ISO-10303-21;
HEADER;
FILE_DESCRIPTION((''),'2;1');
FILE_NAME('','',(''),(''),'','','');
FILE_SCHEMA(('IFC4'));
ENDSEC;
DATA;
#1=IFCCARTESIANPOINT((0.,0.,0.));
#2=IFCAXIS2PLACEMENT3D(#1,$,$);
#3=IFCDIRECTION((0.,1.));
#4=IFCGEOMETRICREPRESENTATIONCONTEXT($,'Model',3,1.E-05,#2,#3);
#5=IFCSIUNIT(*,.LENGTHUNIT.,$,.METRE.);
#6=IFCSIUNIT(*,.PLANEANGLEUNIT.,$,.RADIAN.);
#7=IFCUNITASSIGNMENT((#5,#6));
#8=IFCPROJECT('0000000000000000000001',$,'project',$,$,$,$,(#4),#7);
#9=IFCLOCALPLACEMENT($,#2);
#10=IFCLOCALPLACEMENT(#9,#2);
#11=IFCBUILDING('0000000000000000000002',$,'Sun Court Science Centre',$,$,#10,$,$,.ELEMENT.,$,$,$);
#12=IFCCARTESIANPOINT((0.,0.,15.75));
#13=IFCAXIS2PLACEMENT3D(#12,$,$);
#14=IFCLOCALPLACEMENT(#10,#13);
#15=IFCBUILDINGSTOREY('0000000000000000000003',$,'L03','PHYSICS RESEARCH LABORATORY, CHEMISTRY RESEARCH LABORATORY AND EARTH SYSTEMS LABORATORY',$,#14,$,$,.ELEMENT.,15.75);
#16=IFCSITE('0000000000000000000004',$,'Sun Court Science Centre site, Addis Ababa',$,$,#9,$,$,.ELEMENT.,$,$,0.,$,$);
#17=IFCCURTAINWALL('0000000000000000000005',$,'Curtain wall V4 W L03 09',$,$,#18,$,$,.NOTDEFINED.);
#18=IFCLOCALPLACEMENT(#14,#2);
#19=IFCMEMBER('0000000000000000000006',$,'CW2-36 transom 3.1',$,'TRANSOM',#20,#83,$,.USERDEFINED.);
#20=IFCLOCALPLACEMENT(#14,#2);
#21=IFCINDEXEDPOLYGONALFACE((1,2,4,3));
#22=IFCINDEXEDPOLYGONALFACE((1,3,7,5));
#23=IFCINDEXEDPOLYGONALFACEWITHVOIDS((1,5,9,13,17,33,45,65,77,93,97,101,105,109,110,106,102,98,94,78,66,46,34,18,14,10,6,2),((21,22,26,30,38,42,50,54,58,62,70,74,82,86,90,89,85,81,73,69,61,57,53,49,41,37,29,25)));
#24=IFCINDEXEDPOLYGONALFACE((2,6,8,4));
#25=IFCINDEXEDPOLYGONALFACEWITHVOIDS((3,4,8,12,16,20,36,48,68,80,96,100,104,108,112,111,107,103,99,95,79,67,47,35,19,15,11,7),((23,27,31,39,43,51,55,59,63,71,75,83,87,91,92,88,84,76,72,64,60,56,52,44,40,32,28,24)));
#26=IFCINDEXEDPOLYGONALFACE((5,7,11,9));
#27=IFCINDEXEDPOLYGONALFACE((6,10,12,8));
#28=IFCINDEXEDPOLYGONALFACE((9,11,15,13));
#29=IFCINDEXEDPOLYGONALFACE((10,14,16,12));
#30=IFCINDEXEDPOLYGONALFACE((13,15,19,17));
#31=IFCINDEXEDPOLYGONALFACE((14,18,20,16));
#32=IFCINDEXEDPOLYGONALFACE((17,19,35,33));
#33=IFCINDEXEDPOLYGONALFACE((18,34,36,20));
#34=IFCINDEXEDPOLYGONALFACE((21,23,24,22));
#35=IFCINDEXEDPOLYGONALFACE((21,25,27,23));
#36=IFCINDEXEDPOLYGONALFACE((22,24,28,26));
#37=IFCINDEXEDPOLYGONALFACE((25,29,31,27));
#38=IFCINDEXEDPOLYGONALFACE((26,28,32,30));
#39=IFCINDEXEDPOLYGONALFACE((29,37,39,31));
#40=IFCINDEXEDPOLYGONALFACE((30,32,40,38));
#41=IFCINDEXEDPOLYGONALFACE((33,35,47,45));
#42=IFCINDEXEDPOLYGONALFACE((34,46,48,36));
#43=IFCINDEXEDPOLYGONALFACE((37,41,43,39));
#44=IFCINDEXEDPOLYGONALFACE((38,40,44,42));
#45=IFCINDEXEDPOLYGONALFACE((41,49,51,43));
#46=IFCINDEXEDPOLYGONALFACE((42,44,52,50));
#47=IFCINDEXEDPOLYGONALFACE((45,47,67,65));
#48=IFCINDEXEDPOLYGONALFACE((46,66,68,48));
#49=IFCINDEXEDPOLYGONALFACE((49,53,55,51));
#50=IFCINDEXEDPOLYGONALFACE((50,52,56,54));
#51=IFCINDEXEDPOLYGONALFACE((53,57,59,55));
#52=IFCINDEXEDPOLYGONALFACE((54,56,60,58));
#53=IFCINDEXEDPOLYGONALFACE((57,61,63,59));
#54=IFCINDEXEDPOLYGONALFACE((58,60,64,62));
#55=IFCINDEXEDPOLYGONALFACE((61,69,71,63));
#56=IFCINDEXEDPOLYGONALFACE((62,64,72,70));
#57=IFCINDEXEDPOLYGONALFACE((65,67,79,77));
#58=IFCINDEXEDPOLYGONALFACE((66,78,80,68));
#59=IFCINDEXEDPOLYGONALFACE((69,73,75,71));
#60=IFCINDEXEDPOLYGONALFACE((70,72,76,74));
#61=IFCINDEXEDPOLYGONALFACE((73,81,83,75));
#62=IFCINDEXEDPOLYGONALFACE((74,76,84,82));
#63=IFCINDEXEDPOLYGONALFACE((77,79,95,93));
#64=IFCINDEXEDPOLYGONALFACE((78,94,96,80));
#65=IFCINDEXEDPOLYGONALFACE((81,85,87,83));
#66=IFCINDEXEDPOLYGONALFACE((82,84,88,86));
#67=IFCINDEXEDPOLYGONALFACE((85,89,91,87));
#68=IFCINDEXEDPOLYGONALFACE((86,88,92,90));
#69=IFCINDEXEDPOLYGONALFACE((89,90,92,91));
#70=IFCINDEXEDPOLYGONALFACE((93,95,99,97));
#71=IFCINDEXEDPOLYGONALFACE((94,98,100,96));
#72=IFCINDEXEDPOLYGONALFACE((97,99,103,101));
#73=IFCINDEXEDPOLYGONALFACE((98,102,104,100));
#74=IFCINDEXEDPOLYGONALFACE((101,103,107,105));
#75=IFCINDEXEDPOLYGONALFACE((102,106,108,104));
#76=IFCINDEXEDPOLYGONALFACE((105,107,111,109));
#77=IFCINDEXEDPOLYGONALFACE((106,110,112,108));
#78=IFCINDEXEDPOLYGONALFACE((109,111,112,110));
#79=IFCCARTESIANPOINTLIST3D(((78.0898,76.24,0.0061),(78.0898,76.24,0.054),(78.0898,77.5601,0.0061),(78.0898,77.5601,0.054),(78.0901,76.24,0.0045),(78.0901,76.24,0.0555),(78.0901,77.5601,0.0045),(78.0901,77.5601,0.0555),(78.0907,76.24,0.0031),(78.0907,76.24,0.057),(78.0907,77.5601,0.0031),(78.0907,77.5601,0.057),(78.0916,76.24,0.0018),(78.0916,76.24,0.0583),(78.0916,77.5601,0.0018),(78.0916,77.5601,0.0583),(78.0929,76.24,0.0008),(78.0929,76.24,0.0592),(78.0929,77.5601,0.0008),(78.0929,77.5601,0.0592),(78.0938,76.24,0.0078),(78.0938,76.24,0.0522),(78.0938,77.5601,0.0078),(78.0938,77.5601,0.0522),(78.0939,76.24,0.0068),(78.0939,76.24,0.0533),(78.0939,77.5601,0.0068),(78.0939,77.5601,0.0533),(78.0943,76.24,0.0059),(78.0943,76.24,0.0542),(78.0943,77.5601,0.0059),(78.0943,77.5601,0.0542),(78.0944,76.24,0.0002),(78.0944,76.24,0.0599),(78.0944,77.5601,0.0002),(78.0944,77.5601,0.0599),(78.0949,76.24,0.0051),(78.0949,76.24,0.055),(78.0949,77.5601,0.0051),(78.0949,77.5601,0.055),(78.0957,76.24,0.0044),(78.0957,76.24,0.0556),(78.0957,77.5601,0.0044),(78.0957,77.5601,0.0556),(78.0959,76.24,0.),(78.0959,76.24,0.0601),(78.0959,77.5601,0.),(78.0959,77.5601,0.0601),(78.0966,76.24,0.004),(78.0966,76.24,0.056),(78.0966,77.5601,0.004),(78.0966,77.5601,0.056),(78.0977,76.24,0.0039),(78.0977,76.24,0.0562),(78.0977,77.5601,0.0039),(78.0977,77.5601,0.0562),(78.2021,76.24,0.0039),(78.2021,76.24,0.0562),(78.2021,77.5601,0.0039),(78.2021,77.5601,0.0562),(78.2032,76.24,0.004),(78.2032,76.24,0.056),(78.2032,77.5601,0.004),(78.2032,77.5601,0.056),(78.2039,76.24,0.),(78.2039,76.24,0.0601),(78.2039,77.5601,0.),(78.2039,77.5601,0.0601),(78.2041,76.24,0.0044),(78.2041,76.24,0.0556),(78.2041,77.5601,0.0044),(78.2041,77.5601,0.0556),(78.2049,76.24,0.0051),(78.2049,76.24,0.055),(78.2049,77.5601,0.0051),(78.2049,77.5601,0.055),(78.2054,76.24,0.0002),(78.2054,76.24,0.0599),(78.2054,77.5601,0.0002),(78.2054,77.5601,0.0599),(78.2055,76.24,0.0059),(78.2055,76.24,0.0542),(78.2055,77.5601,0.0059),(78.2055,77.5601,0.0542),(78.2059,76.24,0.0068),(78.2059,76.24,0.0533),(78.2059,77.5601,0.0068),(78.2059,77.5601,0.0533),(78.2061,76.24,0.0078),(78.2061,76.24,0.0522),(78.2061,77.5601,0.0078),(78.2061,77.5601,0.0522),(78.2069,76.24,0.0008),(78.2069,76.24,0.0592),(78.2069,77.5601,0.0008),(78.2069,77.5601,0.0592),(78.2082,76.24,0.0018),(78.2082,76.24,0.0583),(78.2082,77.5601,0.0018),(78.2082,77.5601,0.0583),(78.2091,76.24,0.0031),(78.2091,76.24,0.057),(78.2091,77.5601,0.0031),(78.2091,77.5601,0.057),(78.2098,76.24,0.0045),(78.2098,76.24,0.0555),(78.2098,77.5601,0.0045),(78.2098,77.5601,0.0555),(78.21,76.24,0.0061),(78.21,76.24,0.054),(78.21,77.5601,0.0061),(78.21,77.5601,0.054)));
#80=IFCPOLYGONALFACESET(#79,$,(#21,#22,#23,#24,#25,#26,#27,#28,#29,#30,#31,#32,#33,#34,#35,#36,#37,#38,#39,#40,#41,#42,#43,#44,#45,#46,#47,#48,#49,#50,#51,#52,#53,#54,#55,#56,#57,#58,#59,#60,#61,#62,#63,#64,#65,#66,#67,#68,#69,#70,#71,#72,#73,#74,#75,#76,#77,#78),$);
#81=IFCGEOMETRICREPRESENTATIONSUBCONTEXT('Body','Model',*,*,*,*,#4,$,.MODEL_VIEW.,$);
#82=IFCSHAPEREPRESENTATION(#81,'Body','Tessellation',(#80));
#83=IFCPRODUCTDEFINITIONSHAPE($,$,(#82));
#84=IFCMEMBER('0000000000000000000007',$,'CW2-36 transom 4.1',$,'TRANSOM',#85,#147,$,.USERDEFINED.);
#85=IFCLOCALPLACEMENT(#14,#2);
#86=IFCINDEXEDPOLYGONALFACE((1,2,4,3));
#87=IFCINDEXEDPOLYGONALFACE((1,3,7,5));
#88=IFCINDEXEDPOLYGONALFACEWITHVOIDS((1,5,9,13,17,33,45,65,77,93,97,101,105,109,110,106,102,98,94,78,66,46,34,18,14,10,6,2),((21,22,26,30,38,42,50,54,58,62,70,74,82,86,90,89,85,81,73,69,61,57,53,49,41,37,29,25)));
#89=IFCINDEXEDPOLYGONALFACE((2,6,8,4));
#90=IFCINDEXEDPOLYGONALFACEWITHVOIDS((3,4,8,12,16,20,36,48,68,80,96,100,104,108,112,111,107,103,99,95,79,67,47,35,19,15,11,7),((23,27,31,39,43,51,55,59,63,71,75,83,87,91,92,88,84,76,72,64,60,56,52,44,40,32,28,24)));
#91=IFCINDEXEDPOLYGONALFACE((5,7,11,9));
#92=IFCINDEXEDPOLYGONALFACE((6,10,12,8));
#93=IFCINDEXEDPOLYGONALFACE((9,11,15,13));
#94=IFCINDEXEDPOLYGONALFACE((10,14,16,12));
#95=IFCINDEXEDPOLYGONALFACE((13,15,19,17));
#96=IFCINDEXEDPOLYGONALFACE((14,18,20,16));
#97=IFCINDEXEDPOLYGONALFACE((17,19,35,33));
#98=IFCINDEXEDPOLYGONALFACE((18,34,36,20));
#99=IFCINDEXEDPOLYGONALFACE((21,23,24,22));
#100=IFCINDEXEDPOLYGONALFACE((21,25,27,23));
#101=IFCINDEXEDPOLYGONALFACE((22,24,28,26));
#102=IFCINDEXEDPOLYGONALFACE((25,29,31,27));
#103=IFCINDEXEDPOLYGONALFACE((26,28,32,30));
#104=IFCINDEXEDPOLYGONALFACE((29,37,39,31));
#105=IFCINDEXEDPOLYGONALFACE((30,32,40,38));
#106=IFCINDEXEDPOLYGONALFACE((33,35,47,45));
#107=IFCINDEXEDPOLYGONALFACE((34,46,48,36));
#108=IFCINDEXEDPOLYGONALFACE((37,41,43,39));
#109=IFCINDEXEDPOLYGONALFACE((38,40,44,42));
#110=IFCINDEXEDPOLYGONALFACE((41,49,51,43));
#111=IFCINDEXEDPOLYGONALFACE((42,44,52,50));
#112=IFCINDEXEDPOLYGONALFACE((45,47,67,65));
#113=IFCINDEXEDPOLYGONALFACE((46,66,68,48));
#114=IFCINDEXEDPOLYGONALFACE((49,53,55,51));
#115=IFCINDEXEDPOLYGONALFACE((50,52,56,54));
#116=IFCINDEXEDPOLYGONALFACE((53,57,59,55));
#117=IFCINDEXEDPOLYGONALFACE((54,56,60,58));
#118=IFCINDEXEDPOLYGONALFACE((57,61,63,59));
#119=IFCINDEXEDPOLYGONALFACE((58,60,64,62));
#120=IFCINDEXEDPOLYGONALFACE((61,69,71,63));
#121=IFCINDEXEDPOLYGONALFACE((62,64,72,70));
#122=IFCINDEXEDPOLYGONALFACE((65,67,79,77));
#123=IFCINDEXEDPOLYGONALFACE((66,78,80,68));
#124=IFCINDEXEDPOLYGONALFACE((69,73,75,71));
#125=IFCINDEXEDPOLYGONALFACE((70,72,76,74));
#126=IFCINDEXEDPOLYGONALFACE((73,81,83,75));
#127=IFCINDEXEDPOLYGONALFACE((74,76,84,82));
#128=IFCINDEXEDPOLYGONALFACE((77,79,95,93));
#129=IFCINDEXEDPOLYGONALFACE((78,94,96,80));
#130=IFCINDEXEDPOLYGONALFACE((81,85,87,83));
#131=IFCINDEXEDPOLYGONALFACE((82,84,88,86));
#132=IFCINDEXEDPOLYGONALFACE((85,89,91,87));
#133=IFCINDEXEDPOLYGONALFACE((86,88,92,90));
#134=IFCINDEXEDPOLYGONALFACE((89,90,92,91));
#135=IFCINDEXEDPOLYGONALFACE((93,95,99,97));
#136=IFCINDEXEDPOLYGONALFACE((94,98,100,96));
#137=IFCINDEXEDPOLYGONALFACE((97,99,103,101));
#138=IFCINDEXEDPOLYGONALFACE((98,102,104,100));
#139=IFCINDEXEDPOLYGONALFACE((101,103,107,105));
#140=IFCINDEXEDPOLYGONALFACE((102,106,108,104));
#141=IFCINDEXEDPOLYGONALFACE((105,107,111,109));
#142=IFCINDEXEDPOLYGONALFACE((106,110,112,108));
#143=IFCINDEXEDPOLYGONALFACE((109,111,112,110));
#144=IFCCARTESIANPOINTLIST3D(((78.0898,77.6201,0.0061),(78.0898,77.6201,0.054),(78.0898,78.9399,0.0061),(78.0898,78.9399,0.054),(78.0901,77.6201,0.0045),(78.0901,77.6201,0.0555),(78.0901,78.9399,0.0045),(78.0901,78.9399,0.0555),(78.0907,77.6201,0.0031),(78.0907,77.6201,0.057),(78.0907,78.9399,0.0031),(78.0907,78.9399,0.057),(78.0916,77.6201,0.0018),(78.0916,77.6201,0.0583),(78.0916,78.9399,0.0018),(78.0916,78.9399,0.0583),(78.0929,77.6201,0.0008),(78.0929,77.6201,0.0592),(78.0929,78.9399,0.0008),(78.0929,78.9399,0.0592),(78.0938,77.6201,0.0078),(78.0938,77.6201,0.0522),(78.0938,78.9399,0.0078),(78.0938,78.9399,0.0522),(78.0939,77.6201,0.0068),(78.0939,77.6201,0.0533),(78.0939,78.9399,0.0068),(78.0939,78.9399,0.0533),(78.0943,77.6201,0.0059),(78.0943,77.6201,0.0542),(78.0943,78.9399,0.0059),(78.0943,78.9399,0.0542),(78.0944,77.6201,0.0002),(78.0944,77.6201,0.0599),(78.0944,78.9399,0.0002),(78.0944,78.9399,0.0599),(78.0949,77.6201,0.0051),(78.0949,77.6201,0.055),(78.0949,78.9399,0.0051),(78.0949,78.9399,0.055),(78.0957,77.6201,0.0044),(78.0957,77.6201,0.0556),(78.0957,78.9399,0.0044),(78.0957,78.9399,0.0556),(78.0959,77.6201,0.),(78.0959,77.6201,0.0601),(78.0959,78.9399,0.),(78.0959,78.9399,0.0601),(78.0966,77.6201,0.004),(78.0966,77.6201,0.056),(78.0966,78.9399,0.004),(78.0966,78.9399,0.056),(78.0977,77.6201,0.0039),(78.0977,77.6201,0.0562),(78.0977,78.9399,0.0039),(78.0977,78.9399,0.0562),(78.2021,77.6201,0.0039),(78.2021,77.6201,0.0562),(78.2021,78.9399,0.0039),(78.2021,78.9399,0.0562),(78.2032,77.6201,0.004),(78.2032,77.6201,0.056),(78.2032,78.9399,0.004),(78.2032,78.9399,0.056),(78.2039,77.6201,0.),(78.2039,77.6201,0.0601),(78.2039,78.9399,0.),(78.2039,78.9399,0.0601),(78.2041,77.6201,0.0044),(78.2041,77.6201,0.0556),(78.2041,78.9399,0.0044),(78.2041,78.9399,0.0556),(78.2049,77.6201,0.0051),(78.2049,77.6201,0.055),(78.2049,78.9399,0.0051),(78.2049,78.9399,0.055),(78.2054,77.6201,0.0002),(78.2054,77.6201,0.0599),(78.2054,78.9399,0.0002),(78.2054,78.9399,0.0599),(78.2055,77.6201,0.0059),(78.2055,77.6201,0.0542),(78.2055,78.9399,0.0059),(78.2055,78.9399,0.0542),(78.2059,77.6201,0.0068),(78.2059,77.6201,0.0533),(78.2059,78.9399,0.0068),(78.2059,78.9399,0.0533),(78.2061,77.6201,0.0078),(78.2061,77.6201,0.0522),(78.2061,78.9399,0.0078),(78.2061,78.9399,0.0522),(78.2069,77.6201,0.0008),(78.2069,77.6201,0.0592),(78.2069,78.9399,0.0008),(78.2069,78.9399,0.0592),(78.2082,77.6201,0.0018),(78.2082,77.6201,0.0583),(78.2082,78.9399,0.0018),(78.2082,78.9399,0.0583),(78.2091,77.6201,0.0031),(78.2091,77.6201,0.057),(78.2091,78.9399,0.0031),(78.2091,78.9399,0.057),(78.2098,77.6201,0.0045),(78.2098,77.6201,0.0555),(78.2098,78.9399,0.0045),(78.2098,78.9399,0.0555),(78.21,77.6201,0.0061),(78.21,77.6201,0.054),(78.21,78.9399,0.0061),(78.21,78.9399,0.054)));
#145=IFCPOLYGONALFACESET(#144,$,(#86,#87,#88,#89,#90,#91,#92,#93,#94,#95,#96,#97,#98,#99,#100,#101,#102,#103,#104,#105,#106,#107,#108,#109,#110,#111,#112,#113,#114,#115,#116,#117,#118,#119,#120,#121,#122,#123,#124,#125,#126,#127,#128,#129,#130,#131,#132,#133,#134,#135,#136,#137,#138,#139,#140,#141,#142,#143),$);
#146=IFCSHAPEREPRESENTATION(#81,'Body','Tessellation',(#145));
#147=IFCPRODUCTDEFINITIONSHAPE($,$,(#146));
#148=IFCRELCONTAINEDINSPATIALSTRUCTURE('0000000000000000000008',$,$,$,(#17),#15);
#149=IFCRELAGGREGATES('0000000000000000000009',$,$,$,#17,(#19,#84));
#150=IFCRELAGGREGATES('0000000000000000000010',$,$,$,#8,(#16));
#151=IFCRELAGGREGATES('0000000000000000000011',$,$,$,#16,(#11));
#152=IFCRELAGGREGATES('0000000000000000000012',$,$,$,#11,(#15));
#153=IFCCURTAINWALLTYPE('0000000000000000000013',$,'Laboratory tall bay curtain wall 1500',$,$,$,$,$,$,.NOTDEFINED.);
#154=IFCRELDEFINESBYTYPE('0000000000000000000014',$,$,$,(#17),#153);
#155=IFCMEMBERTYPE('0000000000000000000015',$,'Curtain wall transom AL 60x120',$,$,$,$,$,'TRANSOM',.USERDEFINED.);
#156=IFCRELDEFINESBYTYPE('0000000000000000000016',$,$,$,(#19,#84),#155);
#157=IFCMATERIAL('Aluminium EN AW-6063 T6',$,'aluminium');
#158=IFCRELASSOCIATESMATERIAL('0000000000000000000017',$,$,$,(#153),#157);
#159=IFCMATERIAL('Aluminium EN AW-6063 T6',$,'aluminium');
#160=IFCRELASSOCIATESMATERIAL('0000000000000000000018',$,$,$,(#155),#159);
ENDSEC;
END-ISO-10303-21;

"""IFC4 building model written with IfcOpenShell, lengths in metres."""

from ifc_helpers import new_model, si_unit, direction, frame, origin, origin_2d, place, context, subcontext, project, spatial, hollow_rectangle, extrude, material, material_profile, profile_set, type_object, element, aggregate, save


model = new_model("IFC4")

# Units and contexts
model_context = context("Model", 3, precision=1e-05, world=origin(), true_north=direction((0.0, 1.0)))
body_context = subcontext(model_context, "Body", "Model", "MODEL_VIEW")
ifc_project = project(units=[si_unit("LENGTHUNIT", "METRE"), si_unit("PLANEANGLEUNIT", "RADIAN")], contexts=[model_context])

# Site, building, storey
site_placement = place(None, origin())
site = spatial("IfcSite", under=ifc_project, at=site_placement, Name="Sun Court Science Centre site, Addis Ababa", CompositionType="ELEMENT", RefElevation=0.0)
building_placement = place(site_placement, origin())
building = spatial("IfcBuilding", under=site, at=building_placement, Name="Sun Court Science Centre", CompositionType="ELEMENT")
storey_placement = place(building_placement, frame((0.0, 0.0, 15.75)))
storey = spatial("IfcBuildingStorey", under=building, at=storey_placement, Name="L03", Description="PHYSICS RESEARCH LABORATORY, CHEMISTRY RESEARCH LABORATORY AND EARTH SYSTEMS LABORATORY", CompositionType="ELEMENT", Elevation=15.75)

# Shared definitions
ifc_material_1 = material(Name="Aluminium EN AW-6063 T6", Category="aluminium")
curtain_wall_type = type_object("IfcCurtainWallType", Name="Laboratory tall bay curtain wall 1500", PredefinedType="NOTDEFINED", material=ifc_material_1)

# Curtain wall
curtain_wall_1_placement = place(storey_placement, origin())
curtain_wall_1 = element("IfcCurtainWall", 1, at=curtain_wall_1_placement, inside=storey, type_object=curtain_wall_type, Name="Curtain wall V4 W L03 09", PredefinedType="NOTDEFINED")

# Members
ifc_material_2 = material(Name="Aluminium EN AW-6063 T6", Category="aluminium")
ifc_material_profile_1 = material_profile(ifc_material_2, hollow_rectangle(XDim=0.0601, YDim=0.1201, WallThickness=0.0039, InnerFilletRadius=0.0039, OuterFilletRadius=0.0061, at=origin_2d()), Name="AL 60x120x4")
ifc_profile_set_1 = profile_set([ifc_material_profile_1], Name="Aluminium EN AW-6063 T6")
member_type_1 = type_object("IfcMemberType", Name="Curtain wall transom AL 60x120", ElementType="TRANSOM", PredefinedType="USERDEFINED", material=ifc_profile_set_1)
member_1_placement = place(storey_placement, frame((78.1499, 76.24, 0.03), z_axis=(0.0, 1.0, 0.0), x_axis=(0.0, 0.0, 1.0)))
member_1 = element("IfcMember", 2, at=member_1_placement, type_object=member_type_1, Name="CW2-36 transom 3.1", ObjectType="TRANSOM", PredefinedType="USERDEFINED", context=body_context, shape_type="SweptSolid", body=[
    extrude(hollow_rectangle(XDim=0.0601, YDim=0.1201, WallThickness=0.0039, InnerFilletRadius=0.0039, OuterFilletRadius=0.0061, at=origin_2d()), origin(), (0.0, 0.0, 1.0), 1.3201),
])
member_2_placement = place(storey_placement, frame((78.1499, 77.6201, 0.03), z_axis=(0.0, 1.0, 0.0), x_axis=(0.0, 0.0, 1.0)))
member_2 = element("IfcMember", 3, at=member_2_placement, type_object=member_type_1, Name="CW2-36 transom 4.1", ObjectType="TRANSOM", PredefinedType="USERDEFINED", context=body_context, shape_type="SweptSolid", body=[
    extrude(hollow_rectangle(XDim=0.0601, YDim=0.1201, WallThickness=0.0039, InnerFilletRadius=0.0039, OuterFilletRadius=0.0061, at=origin_2d()), origin(), (0.0, 0.0, 1.0), 1.3198),
])

aggregate(curtain_wall_1, [member_1, member_2])

save(model, "model.ifc")
